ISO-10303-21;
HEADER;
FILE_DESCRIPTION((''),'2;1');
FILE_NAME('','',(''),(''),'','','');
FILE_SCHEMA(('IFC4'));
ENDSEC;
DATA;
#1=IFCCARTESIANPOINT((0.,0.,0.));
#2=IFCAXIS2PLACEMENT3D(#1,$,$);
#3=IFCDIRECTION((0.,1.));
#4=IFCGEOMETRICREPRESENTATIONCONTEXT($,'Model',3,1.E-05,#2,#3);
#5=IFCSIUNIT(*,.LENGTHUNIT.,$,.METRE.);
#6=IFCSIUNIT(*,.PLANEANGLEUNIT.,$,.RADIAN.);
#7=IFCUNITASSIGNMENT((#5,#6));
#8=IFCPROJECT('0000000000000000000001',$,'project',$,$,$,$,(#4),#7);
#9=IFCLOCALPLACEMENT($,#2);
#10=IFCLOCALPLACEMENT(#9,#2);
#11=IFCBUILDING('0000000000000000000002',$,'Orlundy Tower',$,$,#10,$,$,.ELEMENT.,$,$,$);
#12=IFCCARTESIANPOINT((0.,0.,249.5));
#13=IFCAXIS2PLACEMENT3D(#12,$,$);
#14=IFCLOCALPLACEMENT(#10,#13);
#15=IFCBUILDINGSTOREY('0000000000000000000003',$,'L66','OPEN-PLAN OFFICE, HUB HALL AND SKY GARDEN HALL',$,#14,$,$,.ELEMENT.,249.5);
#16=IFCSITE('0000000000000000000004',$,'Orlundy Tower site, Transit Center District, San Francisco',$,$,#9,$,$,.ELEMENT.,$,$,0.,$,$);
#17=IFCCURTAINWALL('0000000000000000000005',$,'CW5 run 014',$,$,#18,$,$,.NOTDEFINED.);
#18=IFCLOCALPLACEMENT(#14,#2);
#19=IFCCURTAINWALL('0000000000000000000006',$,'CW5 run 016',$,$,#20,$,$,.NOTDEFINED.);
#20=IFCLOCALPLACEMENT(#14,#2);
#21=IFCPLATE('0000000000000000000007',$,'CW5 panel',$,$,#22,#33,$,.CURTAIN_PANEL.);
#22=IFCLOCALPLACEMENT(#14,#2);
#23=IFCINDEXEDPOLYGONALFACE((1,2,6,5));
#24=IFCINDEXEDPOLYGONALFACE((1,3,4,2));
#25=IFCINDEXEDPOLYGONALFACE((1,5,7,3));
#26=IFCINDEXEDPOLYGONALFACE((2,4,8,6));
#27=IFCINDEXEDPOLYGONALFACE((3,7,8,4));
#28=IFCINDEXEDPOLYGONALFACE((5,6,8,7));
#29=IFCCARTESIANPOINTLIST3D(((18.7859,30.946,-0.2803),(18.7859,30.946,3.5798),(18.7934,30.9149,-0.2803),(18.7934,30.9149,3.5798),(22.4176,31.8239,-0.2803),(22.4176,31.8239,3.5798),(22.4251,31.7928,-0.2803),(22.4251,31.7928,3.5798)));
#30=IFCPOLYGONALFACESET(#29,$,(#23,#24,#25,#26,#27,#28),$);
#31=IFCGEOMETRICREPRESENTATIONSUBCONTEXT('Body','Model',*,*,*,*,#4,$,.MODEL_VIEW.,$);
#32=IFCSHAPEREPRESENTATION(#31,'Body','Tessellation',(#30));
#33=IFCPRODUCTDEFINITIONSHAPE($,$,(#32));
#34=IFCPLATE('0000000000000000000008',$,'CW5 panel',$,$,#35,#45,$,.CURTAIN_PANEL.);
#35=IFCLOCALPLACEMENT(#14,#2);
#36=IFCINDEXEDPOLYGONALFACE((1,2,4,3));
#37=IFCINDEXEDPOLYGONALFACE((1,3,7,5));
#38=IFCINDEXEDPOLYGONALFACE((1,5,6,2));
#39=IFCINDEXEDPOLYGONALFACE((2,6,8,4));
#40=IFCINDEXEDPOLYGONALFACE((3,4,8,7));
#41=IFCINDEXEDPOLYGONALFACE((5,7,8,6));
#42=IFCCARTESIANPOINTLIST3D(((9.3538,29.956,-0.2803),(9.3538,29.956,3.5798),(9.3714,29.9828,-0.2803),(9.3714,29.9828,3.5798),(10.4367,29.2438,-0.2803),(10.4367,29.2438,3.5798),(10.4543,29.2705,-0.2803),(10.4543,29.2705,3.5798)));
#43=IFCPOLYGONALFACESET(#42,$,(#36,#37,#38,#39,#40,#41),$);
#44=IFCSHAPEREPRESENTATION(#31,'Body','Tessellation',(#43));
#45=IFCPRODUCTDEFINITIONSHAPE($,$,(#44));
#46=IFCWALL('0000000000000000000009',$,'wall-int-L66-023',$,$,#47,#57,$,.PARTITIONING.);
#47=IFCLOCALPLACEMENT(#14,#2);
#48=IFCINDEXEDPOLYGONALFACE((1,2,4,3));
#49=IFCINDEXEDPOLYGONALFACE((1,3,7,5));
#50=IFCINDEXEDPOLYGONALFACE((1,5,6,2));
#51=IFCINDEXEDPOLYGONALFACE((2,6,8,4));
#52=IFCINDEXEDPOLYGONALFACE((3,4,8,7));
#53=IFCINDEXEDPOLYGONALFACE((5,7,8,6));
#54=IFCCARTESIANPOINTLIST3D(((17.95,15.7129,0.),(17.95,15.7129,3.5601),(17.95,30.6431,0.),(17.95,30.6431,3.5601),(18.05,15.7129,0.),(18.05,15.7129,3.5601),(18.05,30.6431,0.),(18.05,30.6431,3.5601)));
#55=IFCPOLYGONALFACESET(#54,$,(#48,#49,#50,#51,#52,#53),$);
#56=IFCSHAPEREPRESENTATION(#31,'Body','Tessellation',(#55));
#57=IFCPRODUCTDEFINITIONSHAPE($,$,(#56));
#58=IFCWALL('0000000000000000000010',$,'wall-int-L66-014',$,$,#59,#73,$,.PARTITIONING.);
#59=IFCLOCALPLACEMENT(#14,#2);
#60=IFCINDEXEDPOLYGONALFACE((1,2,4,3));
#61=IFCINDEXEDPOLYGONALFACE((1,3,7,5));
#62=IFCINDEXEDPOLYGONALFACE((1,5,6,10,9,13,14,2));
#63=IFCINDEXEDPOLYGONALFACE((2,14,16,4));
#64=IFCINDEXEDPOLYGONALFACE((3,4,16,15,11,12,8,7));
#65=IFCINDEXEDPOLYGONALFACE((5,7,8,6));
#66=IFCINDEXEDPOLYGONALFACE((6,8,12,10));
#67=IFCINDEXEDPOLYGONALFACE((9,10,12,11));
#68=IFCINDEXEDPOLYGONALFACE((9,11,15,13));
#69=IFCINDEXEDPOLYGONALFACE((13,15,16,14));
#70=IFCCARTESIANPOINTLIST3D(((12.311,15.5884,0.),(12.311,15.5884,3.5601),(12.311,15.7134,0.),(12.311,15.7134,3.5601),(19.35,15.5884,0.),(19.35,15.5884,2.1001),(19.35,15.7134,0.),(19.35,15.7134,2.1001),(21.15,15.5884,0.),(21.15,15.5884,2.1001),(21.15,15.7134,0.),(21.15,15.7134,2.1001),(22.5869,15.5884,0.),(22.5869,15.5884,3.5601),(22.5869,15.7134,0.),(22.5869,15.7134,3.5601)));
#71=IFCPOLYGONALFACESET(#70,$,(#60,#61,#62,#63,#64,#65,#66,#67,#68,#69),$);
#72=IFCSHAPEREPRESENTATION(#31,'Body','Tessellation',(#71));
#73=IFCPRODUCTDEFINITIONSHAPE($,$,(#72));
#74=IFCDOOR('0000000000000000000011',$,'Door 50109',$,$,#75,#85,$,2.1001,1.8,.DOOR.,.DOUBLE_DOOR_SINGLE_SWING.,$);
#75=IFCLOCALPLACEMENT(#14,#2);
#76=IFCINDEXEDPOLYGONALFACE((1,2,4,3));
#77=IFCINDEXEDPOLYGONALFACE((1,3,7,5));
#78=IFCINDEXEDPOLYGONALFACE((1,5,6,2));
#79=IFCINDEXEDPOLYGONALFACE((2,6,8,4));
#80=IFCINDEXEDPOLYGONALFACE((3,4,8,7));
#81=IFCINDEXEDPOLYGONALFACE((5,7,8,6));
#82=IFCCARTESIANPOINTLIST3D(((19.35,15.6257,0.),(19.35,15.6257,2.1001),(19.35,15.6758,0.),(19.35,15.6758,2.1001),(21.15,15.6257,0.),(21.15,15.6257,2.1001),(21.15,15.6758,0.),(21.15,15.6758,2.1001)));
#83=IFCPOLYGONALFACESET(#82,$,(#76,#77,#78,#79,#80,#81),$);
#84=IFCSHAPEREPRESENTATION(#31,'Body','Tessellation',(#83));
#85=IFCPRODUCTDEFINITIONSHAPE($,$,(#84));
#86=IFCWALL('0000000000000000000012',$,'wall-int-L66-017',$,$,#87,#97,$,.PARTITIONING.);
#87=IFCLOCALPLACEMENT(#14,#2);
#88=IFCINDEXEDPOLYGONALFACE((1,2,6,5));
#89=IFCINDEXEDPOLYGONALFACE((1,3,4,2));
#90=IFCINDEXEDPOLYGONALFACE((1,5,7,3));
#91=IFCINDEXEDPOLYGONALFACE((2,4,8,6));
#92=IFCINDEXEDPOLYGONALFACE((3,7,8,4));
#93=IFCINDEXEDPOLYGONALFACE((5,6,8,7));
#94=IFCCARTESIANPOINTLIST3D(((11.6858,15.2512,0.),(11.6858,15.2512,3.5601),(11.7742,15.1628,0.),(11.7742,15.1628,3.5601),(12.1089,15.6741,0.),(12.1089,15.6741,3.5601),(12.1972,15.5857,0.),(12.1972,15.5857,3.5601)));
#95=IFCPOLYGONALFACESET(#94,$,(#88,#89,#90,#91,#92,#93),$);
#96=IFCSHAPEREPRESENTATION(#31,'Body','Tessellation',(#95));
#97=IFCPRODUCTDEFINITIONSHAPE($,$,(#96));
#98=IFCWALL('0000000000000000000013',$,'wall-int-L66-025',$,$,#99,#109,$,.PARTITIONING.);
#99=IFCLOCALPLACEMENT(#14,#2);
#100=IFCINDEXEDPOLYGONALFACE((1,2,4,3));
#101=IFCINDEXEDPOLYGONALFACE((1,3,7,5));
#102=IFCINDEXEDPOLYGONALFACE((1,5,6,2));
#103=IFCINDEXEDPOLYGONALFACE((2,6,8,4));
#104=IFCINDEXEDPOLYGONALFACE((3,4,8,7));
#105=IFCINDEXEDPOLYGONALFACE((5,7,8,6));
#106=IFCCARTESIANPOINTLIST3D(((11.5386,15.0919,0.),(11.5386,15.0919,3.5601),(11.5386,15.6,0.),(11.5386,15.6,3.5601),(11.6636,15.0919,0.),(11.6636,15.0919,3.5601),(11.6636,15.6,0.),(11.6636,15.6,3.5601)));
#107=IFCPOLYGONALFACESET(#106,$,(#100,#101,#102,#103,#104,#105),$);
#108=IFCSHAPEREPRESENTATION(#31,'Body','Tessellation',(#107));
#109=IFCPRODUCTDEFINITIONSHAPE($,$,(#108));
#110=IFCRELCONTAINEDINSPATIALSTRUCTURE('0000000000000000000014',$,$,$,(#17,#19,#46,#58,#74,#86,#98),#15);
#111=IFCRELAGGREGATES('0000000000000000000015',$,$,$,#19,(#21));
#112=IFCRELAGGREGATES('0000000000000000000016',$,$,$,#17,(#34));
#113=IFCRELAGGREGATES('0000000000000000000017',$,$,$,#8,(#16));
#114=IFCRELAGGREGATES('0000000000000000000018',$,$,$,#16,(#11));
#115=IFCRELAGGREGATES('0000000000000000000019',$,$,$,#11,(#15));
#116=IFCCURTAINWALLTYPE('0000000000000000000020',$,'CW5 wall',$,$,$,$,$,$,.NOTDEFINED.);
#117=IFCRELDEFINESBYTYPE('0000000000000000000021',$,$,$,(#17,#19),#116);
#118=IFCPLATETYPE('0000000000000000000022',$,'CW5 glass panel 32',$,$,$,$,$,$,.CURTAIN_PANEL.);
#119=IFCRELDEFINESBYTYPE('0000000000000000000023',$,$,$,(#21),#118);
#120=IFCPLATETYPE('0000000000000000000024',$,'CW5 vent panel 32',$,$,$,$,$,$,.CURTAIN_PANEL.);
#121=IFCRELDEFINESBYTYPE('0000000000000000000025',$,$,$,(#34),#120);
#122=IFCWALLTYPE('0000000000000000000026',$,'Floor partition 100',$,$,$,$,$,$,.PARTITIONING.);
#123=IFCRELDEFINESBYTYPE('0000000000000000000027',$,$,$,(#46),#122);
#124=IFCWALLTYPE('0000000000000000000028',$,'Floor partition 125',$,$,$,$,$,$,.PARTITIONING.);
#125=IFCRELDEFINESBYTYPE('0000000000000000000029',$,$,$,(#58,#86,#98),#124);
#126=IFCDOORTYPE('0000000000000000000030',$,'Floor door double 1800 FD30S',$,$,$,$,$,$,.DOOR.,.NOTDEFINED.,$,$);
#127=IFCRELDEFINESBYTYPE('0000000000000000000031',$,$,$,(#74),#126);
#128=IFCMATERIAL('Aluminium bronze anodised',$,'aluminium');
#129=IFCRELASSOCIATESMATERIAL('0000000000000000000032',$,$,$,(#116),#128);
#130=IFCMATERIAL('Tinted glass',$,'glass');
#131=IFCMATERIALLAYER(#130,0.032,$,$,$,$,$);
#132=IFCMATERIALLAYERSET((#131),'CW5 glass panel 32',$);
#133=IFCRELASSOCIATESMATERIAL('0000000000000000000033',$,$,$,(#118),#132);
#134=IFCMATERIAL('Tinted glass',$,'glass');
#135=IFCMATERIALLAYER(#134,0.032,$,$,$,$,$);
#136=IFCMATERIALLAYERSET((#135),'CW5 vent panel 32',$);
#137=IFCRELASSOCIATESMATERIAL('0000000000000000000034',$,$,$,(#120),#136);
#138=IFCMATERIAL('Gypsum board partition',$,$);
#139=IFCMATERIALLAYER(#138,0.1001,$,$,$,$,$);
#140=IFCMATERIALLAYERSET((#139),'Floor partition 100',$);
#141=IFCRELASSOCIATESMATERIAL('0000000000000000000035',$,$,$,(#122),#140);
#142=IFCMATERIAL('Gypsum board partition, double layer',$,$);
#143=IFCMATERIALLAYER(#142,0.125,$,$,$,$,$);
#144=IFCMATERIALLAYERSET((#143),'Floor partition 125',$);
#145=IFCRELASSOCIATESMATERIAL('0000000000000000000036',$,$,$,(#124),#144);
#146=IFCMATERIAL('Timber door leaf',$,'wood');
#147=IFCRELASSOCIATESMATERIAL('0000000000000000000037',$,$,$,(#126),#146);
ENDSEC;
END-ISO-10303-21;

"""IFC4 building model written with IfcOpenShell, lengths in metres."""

from ifc_helpers import new_model, si_unit, direction, frame, frame_2d, origin, origin_2d, place, context, subcontext, project, spatial, rectangle, extrude, material, layer, layer_set, type_object, element, fill, aggregate, save


model = new_model("IFC4")

# Units and contexts
model_context = context("Model", 3, precision=1e-05, world=origin(), true_north=direction((0.0, 1.0)))
body_context = subcontext(model_context, "Body", "Model", "MODEL_VIEW")
ifc_project = project(units=[si_unit("LENGTHUNIT", "METRE"), si_unit("PLANEANGLEUNIT", "RADIAN")], contexts=[model_context])

# Site, building, storey
site_placement = place(None, origin())
site = spatial("IfcSite", under=ifc_project, at=site_placement, Name="Orlundy Tower site, Transit Center District, San Francisco", CompositionType="ELEMENT", RefElevation=0.0)
building_placement = place(site_placement, origin())
building = spatial("IfcBuilding", under=site, at=building_placement, Name="Orlundy Tower", CompositionType="ELEMENT")
storey_placement = place(building_placement, frame((0.0, 0.0, 249.5)))
storey = spatial("IfcBuildingStorey", under=building, at=storey_placement, Name="L66", Description="OPEN-PLAN OFFICE, HUB HALL AND SKY GARDEN HALL", CompositionType="ELEMENT", Elevation=249.5)

# Curtain walls
ifc_material_1 = material(Name="Aluminium bronze anodised", Category="aluminium")
curtain_wall_type = type_object("IfcCurtainWallType", Name="CW5 wall", PredefinedType="NOTDEFINED", material=ifc_material_1)
curtain_wall_1_placement = place(storey_placement, origin())
curtain_wall_1 = element("IfcCurtainWall", 1, at=curtain_wall_1_placement, inside=storey, type_object=curtain_wall_type, Name="CW5 run 014", PredefinedType="NOTDEFINED")
curtain_wall_2_placement = place(storey_placement, origin())
curtain_wall_2 = element("IfcCurtainWall", 2, at=curtain_wall_2_placement, inside=storey, type_object=curtain_wall_type, Name="CW5 run 016", PredefinedType="NOTDEFINED")

# Plates
ifc_material_2 = material(Name="Tinted glass", Category="glass")
ifc_layer_1 = layer(ifc_material_2, 0.032)
ifc_layer_set_1 = layer_set([ifc_layer_1], Name="CW5 glass panel 32")
plate_type_1 = type_object("IfcPlateType", Name="CW5 glass panel 32", PredefinedType="CURTAIN_PANEL", material=ifc_layer_set_1)
plate_1_placement = place(storey_placement, frame((20.6055, 31.3694, -0.2803), z_axis=(0.0, 0.0, 1.0), x_axis=(0.972002, 0.234975, 0.0)))
plate_1 = element("IfcPlate", 3, at=plate_1_placement, type_object=plate_type_1, Name="CW5 panel", PredefinedType="CURTAIN_PANEL", context=body_context, shape_type="SweptSolid", body=[
    extrude(rectangle(XDim=3.7363, YDim=0.032, at=origin_2d()), origin(), (0.0, 0.0, 1.0), 3.8601),
])
aggregate(curtain_wall_2, [plate_1])
ifc_material_3 = material(Name="Tinted glass", Category="glass")
ifc_layer_2 = layer(ifc_material_3, 0.032)
ifc_layer_set_2 = layer_set([ifc_layer_2], Name="CW5 vent panel 32")
plate_type_2 = type_object("IfcPlateType", Name="CW5 vent panel 32", PredefinedType="CURTAIN_PANEL", material=ifc_layer_set_2)
plate_2_placement = place(storey_placement, frame((9.9041, 29.6133, -0.2803), z_axis=(0.0, 0.0, 1.0), x_axis=(0.835496, -0.549497, 0.0)))
plate_2 = element("IfcPlate", 4, at=plate_2_placement, type_object=plate_type_2, Name="CW5 panel", PredefinedType="CURTAIN_PANEL", context=body_context, shape_type="SweptSolid", body=[
    extrude(rectangle(XDim=1.2961, YDim=0.032, at=origin_2d()), origin(), (0.0, 0.0, 1.0), 3.8601),
])
aggregate(curtain_wall_1, [plate_2])

# Wall
ifc_material_4 = material(Name="Gypsum board partition")
ifc_layer_3 = layer(ifc_material_4, 0.1001)
ifc_layer_set_3 = layer_set([ifc_layer_3], Name="Floor partition 100")
wall_type_1 = type_object("IfcWallType", Name="Floor partition 100", PredefinedType="PARTITIONING", material=ifc_layer_set_3)
wall_1_placement = place(storey_placement, frame((18.0, 15.7129, 0.0), z_axis=(0.0, 0.0, 1.0), x_axis=(0.0, 1.0, 0.0)))
element("IfcWall", 5, at=wall_1_placement, inside=storey, type_object=wall_type_1, Name="wall-int-L66-023", PredefinedType="PARTITIONING", context=body_context, shape_type="SweptSolid", body=[
    extrude(rectangle(XDim=14.9302, YDim=0.1001, at=frame_2d((7.4651, 0.0))), origin(), (0.0, 0.0, 1.0), 3.5601),
])

# Wall, opening, door
ifc_material_5 = material(Name="Gypsum board partition, double layer")
ifc_layer_4 = layer(ifc_material_5, 0.125)
ifc_layer_set_4 = layer_set([ifc_layer_4], Name="Floor partition 125")
wall_type_2 = type_object("IfcWallType", Name="Floor partition 125", PredefinedType="PARTITIONING", material=ifc_layer_set_4)
wall_2_placement = place(storey_placement, frame((12.311, 15.6509, 0.0), z_axis=(0.0, 0.0, 1.0), x_axis=(1.0, 0.0, 0.0)))
wall_2 = element("IfcWall", 6, at=wall_2_placement, inside=storey, type_object=wall_type_2, Name="wall-int-L66-014", PredefinedType="PARTITIONING", context=body_context, shape_type="SweptSolid", body=[
    extrude(rectangle(XDim=10.2759, YDim=0.125, at=frame_2d((5.1379, 0.0))), origin(), (0.0, 0.0, 1.0), 3.5601),
])
opening_placement = place(wall_2_placement, frame((7.0391, 0.0, 0.0)))
opening = element("IfcOpeningElement", 7, at=opening_placement, cuts=wall_2, PredefinedType="OPENING", context=body_context, shape_type="SweptSolid", body=[
    extrude(rectangle(XDim=1.8, YDim=2.1001, at=frame_2d((0.8999, 1.05))), frame((0.0, 0.0725, 0.0), z_axis=(0.0, -1.0, 0.0), x_axis=(1.0, 0.0, 0.0)), (0.0, 0.0, 1.0), 0.145),
])
ifc_material_6 = material(Name="Timber door leaf", Category="wood")
door_type = type_object("IfcDoorType", Name="Floor door double 1800 FD30S", OperationType="NOTDEFINED", PredefinedType="DOOR", material=ifc_material_6)
door_placement = place(opening_placement, origin())
door = element("IfcDoor", 8, at=door_placement, inside=storey, type_object=door_type, Name="Door 50109", OperationType="DOUBLE_DOOR_SINGLE_SWING", OverallHeight=2.1001, OverallWidth=1.8, PredefinedType="DOOR", context=body_context, shape_type="SweptSolid", body=[
    extrude(rectangle(XDim=1.8, YDim=2.1001, at=frame_2d((0.8999, 1.05))), frame((0.0, 0.0249, 0.0), z_axis=(0.0, -1.0, 0.0), x_axis=(1.0, 0.0, 0.0)), (0.0, 0.0, 1.0), 0.05),
])
fill(opening, door)

# Walls
wall_3_placement = place(storey_placement, frame((11.73, 15.207, 0.0), z_axis=(0.0, 0.0, 1.0), x_axis=(0.707311, 0.706903, 0.0)))
element("IfcWall", 9, at=wall_3_placement, inside=storey, type_object=wall_type_2, Name="wall-int-L66-017", PredefinedType="PARTITIONING", context=body_context, shape_type="SweptSolid", body=[
    extrude(rectangle(XDim=0.5981, YDim=0.125, at=frame_2d((0.2991, 0.0))), origin(), (0.0, 0.0, 1.0), 3.5601),
])
wall_4_placement = place(storey_placement, frame((11.6011, 15.092, 0.0), z_axis=(0.0, 0.0, 1.0), x_axis=(0.0, 1.0, 0.0)))
element("IfcWall", 10, at=wall_4_placement, inside=storey, type_object=wall_type_2, Name="wall-int-L66-025", PredefinedType="PARTITIONING", context=body_context, shape_type="SweptSolid", body=[
    extrude(rectangle(XDim=0.5081, YDim=0.125, at=frame_2d((0.2539, 0.0))), origin(), (0.0, 0.0, 1.0), 3.5601),
])

save(model, "model.ifc")
